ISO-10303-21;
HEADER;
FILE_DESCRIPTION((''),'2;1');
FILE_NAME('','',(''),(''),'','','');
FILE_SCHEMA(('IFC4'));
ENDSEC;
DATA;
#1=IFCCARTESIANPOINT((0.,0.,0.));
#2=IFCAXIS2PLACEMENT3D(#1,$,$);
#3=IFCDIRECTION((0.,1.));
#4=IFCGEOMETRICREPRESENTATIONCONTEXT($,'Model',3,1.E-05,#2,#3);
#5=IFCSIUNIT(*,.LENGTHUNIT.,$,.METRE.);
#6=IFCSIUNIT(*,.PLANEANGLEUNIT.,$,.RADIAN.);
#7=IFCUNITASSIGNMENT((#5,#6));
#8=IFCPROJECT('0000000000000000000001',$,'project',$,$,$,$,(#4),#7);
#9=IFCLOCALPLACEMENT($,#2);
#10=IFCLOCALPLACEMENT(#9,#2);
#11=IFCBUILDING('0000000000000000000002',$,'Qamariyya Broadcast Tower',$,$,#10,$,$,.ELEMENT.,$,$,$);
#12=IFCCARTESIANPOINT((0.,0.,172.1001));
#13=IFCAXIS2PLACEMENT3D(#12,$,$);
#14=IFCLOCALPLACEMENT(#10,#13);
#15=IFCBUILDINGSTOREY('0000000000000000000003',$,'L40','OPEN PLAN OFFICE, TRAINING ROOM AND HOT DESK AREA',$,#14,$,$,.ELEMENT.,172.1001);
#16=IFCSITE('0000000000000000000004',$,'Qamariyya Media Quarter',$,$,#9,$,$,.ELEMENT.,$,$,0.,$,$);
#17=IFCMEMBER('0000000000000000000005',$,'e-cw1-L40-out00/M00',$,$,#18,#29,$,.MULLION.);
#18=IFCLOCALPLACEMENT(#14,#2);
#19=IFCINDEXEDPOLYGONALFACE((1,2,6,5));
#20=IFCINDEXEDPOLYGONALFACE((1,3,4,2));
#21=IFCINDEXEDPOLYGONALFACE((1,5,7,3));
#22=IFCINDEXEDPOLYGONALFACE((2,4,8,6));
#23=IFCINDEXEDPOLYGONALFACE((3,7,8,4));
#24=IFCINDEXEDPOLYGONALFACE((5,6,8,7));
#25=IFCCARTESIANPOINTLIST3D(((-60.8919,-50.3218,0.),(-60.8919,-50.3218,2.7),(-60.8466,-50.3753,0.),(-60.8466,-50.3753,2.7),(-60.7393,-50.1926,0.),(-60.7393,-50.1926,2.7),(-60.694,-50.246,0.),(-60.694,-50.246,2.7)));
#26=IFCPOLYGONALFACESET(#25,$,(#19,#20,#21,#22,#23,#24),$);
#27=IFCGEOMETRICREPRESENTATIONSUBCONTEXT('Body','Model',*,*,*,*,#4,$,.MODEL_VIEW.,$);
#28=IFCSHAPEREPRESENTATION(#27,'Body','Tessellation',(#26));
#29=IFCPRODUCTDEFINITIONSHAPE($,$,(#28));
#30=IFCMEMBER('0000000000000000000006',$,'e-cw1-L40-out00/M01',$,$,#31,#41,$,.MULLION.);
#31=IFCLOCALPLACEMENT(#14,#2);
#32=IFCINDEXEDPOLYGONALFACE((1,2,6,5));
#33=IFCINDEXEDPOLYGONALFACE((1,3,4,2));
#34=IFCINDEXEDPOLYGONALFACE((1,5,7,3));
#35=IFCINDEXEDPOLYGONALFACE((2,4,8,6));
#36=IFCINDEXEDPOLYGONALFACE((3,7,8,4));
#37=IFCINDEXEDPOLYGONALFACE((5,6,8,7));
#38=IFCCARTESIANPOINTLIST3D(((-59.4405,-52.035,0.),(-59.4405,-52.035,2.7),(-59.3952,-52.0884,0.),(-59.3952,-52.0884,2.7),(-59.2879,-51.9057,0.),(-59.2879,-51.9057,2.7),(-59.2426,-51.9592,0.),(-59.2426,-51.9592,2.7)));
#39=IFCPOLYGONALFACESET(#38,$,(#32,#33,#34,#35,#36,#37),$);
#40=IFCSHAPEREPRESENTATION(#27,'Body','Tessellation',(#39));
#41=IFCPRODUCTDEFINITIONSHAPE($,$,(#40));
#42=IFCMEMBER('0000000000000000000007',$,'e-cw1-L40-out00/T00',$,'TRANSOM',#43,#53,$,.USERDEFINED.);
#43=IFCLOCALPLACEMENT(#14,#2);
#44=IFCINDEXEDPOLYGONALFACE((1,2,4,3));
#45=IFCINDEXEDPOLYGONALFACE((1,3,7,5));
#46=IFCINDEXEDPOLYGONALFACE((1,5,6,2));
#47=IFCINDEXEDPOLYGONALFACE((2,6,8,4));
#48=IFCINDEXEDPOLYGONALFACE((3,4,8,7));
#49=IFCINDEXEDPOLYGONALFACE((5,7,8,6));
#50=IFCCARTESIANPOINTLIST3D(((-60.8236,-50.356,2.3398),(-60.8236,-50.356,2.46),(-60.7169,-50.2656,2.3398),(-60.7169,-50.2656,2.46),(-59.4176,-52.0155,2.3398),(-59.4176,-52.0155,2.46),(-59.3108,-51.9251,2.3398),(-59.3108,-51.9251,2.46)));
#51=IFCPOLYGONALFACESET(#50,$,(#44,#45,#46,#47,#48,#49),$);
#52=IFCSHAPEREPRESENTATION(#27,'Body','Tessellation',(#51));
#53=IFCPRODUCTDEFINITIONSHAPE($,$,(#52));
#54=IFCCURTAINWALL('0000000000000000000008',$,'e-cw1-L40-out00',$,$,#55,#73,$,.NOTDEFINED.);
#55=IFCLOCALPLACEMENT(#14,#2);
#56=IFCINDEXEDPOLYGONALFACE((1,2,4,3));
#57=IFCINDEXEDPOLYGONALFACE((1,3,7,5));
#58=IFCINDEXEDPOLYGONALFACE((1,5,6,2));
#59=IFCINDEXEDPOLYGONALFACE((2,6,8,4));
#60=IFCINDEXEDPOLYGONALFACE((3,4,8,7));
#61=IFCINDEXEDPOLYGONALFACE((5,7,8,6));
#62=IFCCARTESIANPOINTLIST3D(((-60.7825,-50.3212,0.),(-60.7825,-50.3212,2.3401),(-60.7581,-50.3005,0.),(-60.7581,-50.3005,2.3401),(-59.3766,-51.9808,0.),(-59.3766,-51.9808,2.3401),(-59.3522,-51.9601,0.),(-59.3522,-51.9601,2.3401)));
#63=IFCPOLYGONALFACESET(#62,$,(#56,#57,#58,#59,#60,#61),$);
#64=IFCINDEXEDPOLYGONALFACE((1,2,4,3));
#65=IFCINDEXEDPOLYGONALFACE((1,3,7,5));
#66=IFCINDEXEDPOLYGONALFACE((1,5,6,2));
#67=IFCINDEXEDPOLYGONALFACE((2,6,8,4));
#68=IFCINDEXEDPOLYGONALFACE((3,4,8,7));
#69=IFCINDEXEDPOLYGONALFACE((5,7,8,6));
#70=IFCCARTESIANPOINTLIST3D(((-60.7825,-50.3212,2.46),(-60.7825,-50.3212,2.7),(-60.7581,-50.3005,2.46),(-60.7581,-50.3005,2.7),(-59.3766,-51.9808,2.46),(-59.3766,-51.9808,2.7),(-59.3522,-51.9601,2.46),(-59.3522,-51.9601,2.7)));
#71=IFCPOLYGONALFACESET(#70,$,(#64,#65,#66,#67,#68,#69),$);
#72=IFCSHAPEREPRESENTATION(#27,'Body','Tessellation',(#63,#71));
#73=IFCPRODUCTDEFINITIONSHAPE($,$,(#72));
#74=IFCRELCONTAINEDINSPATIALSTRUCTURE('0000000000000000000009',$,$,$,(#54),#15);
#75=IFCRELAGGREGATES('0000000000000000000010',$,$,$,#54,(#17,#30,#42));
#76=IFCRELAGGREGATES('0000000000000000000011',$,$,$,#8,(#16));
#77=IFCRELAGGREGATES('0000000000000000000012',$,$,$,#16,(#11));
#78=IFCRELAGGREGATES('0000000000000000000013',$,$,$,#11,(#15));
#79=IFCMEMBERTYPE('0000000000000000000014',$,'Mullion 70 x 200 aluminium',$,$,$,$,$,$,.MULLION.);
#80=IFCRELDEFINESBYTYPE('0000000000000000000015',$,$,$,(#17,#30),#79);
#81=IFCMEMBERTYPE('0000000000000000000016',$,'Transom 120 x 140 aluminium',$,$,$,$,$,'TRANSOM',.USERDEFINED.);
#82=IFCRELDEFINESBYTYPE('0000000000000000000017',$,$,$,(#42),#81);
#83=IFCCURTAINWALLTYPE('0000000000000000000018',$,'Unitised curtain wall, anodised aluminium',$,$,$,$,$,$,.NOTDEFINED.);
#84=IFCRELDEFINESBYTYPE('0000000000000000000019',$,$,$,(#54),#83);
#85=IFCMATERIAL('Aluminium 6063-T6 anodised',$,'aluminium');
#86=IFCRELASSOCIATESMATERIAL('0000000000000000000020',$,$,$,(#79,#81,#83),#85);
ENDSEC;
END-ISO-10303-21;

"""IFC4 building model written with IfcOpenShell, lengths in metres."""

from ifc_helpers import new_model, si_unit, direction, frame, origin, origin_2d, place, context, subcontext, project, spatial, rectangle, extrude, material, material_profile, profile_set, type_object, element, aggregate, save


model = new_model("IFC4")

# Units and contexts
model_context = context("Model", 3, precision=1e-05, world=origin(), true_north=direction((0.0, 1.0)))
body_context = subcontext(model_context, "Body", "Model", "MODEL_VIEW")
ifc_project = project(units=[si_unit("LENGTHUNIT", "METRE"), si_unit("PLANEANGLEUNIT", "RADIAN")], contexts=[model_context])

# Members
ifc_material_1 = material(Name="Aluminium 6063-T6 anodised", Category="aluminium")
ifc_material_profile_1 = material_profile(ifc_material_1, rectangle(XDim=0.2, YDim=0.0701, at=origin_2d()))
ifc_profile_set_1 = profile_set([ifc_material_profile_1], Name="Aluminium 6063-T6 anodised")
member_type_1 = type_object("IfcMemberType", Name="Mullion 70 x 200 aluminium", PredefinedType="MULLION", material=ifc_profile_set_1)
site_placement = place(None, origin())
building_placement = place(site_placement, origin())
storey_placement = place(building_placement, frame((0.0, 0.0, 172.1001)))
member_1_placement = place(storey_placement, frame((-60.793, -50.2839, 0.0), z_axis=(0.0, 0.0, 1.0), x_axis=(0.762997, 0.646402, 0.0)))
member_1 = element("IfcMember", 1, at=member_1_placement, type_object=member_type_1, Name="e-cw1-L40-out00/M00", PredefinedType="MULLION", context=body_context, shape_type="SweptSolid", body=[
    extrude(rectangle(XDim=0.2, YDim=0.0701, at=origin_2d()), origin(), (0.0, 0.0, 1.0), 2.7),
])
member_2_placement = place(storey_placement, frame((-59.3416, -51.9971, 0.0), z_axis=(0.0, 0.0, 1.0), x_axis=(0.762997, 0.646402, 0.0)))
member_2 = element("IfcMember", 2, at=member_2_placement, type_object=member_type_1, Name="e-cw1-L40-out00/M01", PredefinedType="MULLION", context=body_context, shape_type="SweptSolid", body=[
    extrude(rectangle(XDim=0.2, YDim=0.0701, at=origin_2d()), origin(), (0.0, 0.0, 1.0), 2.7),
])
ifc_material_profile_2 = material_profile(ifc_material_1, rectangle(XDim=0.1399, YDim=0.1201, at=origin_2d()))
ifc_profile_set_2 = profile_set([ifc_material_profile_2], Name="Aluminium 6063-T6 anodised")
member_type_2 = type_object("IfcMemberType", Name="Transom 120 x 140 aluminium", ElementType="TRANSOM", PredefinedType="USERDEFINED", material=ifc_profile_set_2)
member_3_placement = place(storey_placement, frame((-60.7703, -50.3108, 2.3999), z_axis=(0.646445, -0.76296, 0.0), x_axis=(0.76296, 0.646445, 0.0)))
member_3 = element("IfcMember", 3, at=member_3_placement, type_object=member_type_2, Name="e-cw1-L40-out00/T00", ObjectType="TRANSOM", PredefinedType="USERDEFINED", context=body_context, shape_type="SweptSolid", body=[
    extrude(rectangle(XDim=0.1399, YDim=0.1201, at=origin_2d()), origin(), (0.0, 0.0, 1.0), 2.175),
])

# Site, building, storey
site = spatial("IfcSite", under=ifc_project, at=site_placement, Name="Qamariyya Media Quarter", CompositionType="ELEMENT", RefElevation=0.0)
building = spatial("IfcBuilding", under=site, at=building_placement, Name="Qamariyya Broadcast Tower", CompositionType="ELEMENT")
storey = spatial("IfcBuildingStorey", under=building, at=storey_placement, Name="L40", Description="OPEN PLAN OFFICE, TRAINING ROOM AND HOT DESK AREA", CompositionType="ELEMENT", Elevation=172.1001)

# Curtain wall
curtain_wall_type = type_object("IfcCurtainWallType", Name="Unitised curtain wall, anodised aluminium", PredefinedType="NOTDEFINED", material=ifc_material_1)
curtain_wall_1_placement = place(storey_placement, origin())
curtain_wall_1 = element("IfcCurtainWall", 4, at=curtain_wall_1_placement, inside=storey, type_object=curtain_wall_type, Name="e-cw1-L40-out00", PredefinedType="NOTDEFINED", context=body_context, shape_type="SweptSolid", body=[
    extrude(rectangle(XDim=2.175, YDim=0.032, at=origin_2d()), frame((-60.0674, -51.1406, 0.0), x_axis=(0.646377, -0.763018, 0.0)), (0.0, 0.0, 1.0), 2.3401),
    extrude(rectangle(XDim=2.175, YDim=0.032, at=origin_2d()), frame((-60.0674, -51.1406, 2.46), x_axis=(0.646377, -0.763018, 0.0)), (0.0, 0.0, 1.0), 0.24),
])
aggregate(curtain_wall_1, [member_1, member_2, member_3])

save(model, "model.ifc")
